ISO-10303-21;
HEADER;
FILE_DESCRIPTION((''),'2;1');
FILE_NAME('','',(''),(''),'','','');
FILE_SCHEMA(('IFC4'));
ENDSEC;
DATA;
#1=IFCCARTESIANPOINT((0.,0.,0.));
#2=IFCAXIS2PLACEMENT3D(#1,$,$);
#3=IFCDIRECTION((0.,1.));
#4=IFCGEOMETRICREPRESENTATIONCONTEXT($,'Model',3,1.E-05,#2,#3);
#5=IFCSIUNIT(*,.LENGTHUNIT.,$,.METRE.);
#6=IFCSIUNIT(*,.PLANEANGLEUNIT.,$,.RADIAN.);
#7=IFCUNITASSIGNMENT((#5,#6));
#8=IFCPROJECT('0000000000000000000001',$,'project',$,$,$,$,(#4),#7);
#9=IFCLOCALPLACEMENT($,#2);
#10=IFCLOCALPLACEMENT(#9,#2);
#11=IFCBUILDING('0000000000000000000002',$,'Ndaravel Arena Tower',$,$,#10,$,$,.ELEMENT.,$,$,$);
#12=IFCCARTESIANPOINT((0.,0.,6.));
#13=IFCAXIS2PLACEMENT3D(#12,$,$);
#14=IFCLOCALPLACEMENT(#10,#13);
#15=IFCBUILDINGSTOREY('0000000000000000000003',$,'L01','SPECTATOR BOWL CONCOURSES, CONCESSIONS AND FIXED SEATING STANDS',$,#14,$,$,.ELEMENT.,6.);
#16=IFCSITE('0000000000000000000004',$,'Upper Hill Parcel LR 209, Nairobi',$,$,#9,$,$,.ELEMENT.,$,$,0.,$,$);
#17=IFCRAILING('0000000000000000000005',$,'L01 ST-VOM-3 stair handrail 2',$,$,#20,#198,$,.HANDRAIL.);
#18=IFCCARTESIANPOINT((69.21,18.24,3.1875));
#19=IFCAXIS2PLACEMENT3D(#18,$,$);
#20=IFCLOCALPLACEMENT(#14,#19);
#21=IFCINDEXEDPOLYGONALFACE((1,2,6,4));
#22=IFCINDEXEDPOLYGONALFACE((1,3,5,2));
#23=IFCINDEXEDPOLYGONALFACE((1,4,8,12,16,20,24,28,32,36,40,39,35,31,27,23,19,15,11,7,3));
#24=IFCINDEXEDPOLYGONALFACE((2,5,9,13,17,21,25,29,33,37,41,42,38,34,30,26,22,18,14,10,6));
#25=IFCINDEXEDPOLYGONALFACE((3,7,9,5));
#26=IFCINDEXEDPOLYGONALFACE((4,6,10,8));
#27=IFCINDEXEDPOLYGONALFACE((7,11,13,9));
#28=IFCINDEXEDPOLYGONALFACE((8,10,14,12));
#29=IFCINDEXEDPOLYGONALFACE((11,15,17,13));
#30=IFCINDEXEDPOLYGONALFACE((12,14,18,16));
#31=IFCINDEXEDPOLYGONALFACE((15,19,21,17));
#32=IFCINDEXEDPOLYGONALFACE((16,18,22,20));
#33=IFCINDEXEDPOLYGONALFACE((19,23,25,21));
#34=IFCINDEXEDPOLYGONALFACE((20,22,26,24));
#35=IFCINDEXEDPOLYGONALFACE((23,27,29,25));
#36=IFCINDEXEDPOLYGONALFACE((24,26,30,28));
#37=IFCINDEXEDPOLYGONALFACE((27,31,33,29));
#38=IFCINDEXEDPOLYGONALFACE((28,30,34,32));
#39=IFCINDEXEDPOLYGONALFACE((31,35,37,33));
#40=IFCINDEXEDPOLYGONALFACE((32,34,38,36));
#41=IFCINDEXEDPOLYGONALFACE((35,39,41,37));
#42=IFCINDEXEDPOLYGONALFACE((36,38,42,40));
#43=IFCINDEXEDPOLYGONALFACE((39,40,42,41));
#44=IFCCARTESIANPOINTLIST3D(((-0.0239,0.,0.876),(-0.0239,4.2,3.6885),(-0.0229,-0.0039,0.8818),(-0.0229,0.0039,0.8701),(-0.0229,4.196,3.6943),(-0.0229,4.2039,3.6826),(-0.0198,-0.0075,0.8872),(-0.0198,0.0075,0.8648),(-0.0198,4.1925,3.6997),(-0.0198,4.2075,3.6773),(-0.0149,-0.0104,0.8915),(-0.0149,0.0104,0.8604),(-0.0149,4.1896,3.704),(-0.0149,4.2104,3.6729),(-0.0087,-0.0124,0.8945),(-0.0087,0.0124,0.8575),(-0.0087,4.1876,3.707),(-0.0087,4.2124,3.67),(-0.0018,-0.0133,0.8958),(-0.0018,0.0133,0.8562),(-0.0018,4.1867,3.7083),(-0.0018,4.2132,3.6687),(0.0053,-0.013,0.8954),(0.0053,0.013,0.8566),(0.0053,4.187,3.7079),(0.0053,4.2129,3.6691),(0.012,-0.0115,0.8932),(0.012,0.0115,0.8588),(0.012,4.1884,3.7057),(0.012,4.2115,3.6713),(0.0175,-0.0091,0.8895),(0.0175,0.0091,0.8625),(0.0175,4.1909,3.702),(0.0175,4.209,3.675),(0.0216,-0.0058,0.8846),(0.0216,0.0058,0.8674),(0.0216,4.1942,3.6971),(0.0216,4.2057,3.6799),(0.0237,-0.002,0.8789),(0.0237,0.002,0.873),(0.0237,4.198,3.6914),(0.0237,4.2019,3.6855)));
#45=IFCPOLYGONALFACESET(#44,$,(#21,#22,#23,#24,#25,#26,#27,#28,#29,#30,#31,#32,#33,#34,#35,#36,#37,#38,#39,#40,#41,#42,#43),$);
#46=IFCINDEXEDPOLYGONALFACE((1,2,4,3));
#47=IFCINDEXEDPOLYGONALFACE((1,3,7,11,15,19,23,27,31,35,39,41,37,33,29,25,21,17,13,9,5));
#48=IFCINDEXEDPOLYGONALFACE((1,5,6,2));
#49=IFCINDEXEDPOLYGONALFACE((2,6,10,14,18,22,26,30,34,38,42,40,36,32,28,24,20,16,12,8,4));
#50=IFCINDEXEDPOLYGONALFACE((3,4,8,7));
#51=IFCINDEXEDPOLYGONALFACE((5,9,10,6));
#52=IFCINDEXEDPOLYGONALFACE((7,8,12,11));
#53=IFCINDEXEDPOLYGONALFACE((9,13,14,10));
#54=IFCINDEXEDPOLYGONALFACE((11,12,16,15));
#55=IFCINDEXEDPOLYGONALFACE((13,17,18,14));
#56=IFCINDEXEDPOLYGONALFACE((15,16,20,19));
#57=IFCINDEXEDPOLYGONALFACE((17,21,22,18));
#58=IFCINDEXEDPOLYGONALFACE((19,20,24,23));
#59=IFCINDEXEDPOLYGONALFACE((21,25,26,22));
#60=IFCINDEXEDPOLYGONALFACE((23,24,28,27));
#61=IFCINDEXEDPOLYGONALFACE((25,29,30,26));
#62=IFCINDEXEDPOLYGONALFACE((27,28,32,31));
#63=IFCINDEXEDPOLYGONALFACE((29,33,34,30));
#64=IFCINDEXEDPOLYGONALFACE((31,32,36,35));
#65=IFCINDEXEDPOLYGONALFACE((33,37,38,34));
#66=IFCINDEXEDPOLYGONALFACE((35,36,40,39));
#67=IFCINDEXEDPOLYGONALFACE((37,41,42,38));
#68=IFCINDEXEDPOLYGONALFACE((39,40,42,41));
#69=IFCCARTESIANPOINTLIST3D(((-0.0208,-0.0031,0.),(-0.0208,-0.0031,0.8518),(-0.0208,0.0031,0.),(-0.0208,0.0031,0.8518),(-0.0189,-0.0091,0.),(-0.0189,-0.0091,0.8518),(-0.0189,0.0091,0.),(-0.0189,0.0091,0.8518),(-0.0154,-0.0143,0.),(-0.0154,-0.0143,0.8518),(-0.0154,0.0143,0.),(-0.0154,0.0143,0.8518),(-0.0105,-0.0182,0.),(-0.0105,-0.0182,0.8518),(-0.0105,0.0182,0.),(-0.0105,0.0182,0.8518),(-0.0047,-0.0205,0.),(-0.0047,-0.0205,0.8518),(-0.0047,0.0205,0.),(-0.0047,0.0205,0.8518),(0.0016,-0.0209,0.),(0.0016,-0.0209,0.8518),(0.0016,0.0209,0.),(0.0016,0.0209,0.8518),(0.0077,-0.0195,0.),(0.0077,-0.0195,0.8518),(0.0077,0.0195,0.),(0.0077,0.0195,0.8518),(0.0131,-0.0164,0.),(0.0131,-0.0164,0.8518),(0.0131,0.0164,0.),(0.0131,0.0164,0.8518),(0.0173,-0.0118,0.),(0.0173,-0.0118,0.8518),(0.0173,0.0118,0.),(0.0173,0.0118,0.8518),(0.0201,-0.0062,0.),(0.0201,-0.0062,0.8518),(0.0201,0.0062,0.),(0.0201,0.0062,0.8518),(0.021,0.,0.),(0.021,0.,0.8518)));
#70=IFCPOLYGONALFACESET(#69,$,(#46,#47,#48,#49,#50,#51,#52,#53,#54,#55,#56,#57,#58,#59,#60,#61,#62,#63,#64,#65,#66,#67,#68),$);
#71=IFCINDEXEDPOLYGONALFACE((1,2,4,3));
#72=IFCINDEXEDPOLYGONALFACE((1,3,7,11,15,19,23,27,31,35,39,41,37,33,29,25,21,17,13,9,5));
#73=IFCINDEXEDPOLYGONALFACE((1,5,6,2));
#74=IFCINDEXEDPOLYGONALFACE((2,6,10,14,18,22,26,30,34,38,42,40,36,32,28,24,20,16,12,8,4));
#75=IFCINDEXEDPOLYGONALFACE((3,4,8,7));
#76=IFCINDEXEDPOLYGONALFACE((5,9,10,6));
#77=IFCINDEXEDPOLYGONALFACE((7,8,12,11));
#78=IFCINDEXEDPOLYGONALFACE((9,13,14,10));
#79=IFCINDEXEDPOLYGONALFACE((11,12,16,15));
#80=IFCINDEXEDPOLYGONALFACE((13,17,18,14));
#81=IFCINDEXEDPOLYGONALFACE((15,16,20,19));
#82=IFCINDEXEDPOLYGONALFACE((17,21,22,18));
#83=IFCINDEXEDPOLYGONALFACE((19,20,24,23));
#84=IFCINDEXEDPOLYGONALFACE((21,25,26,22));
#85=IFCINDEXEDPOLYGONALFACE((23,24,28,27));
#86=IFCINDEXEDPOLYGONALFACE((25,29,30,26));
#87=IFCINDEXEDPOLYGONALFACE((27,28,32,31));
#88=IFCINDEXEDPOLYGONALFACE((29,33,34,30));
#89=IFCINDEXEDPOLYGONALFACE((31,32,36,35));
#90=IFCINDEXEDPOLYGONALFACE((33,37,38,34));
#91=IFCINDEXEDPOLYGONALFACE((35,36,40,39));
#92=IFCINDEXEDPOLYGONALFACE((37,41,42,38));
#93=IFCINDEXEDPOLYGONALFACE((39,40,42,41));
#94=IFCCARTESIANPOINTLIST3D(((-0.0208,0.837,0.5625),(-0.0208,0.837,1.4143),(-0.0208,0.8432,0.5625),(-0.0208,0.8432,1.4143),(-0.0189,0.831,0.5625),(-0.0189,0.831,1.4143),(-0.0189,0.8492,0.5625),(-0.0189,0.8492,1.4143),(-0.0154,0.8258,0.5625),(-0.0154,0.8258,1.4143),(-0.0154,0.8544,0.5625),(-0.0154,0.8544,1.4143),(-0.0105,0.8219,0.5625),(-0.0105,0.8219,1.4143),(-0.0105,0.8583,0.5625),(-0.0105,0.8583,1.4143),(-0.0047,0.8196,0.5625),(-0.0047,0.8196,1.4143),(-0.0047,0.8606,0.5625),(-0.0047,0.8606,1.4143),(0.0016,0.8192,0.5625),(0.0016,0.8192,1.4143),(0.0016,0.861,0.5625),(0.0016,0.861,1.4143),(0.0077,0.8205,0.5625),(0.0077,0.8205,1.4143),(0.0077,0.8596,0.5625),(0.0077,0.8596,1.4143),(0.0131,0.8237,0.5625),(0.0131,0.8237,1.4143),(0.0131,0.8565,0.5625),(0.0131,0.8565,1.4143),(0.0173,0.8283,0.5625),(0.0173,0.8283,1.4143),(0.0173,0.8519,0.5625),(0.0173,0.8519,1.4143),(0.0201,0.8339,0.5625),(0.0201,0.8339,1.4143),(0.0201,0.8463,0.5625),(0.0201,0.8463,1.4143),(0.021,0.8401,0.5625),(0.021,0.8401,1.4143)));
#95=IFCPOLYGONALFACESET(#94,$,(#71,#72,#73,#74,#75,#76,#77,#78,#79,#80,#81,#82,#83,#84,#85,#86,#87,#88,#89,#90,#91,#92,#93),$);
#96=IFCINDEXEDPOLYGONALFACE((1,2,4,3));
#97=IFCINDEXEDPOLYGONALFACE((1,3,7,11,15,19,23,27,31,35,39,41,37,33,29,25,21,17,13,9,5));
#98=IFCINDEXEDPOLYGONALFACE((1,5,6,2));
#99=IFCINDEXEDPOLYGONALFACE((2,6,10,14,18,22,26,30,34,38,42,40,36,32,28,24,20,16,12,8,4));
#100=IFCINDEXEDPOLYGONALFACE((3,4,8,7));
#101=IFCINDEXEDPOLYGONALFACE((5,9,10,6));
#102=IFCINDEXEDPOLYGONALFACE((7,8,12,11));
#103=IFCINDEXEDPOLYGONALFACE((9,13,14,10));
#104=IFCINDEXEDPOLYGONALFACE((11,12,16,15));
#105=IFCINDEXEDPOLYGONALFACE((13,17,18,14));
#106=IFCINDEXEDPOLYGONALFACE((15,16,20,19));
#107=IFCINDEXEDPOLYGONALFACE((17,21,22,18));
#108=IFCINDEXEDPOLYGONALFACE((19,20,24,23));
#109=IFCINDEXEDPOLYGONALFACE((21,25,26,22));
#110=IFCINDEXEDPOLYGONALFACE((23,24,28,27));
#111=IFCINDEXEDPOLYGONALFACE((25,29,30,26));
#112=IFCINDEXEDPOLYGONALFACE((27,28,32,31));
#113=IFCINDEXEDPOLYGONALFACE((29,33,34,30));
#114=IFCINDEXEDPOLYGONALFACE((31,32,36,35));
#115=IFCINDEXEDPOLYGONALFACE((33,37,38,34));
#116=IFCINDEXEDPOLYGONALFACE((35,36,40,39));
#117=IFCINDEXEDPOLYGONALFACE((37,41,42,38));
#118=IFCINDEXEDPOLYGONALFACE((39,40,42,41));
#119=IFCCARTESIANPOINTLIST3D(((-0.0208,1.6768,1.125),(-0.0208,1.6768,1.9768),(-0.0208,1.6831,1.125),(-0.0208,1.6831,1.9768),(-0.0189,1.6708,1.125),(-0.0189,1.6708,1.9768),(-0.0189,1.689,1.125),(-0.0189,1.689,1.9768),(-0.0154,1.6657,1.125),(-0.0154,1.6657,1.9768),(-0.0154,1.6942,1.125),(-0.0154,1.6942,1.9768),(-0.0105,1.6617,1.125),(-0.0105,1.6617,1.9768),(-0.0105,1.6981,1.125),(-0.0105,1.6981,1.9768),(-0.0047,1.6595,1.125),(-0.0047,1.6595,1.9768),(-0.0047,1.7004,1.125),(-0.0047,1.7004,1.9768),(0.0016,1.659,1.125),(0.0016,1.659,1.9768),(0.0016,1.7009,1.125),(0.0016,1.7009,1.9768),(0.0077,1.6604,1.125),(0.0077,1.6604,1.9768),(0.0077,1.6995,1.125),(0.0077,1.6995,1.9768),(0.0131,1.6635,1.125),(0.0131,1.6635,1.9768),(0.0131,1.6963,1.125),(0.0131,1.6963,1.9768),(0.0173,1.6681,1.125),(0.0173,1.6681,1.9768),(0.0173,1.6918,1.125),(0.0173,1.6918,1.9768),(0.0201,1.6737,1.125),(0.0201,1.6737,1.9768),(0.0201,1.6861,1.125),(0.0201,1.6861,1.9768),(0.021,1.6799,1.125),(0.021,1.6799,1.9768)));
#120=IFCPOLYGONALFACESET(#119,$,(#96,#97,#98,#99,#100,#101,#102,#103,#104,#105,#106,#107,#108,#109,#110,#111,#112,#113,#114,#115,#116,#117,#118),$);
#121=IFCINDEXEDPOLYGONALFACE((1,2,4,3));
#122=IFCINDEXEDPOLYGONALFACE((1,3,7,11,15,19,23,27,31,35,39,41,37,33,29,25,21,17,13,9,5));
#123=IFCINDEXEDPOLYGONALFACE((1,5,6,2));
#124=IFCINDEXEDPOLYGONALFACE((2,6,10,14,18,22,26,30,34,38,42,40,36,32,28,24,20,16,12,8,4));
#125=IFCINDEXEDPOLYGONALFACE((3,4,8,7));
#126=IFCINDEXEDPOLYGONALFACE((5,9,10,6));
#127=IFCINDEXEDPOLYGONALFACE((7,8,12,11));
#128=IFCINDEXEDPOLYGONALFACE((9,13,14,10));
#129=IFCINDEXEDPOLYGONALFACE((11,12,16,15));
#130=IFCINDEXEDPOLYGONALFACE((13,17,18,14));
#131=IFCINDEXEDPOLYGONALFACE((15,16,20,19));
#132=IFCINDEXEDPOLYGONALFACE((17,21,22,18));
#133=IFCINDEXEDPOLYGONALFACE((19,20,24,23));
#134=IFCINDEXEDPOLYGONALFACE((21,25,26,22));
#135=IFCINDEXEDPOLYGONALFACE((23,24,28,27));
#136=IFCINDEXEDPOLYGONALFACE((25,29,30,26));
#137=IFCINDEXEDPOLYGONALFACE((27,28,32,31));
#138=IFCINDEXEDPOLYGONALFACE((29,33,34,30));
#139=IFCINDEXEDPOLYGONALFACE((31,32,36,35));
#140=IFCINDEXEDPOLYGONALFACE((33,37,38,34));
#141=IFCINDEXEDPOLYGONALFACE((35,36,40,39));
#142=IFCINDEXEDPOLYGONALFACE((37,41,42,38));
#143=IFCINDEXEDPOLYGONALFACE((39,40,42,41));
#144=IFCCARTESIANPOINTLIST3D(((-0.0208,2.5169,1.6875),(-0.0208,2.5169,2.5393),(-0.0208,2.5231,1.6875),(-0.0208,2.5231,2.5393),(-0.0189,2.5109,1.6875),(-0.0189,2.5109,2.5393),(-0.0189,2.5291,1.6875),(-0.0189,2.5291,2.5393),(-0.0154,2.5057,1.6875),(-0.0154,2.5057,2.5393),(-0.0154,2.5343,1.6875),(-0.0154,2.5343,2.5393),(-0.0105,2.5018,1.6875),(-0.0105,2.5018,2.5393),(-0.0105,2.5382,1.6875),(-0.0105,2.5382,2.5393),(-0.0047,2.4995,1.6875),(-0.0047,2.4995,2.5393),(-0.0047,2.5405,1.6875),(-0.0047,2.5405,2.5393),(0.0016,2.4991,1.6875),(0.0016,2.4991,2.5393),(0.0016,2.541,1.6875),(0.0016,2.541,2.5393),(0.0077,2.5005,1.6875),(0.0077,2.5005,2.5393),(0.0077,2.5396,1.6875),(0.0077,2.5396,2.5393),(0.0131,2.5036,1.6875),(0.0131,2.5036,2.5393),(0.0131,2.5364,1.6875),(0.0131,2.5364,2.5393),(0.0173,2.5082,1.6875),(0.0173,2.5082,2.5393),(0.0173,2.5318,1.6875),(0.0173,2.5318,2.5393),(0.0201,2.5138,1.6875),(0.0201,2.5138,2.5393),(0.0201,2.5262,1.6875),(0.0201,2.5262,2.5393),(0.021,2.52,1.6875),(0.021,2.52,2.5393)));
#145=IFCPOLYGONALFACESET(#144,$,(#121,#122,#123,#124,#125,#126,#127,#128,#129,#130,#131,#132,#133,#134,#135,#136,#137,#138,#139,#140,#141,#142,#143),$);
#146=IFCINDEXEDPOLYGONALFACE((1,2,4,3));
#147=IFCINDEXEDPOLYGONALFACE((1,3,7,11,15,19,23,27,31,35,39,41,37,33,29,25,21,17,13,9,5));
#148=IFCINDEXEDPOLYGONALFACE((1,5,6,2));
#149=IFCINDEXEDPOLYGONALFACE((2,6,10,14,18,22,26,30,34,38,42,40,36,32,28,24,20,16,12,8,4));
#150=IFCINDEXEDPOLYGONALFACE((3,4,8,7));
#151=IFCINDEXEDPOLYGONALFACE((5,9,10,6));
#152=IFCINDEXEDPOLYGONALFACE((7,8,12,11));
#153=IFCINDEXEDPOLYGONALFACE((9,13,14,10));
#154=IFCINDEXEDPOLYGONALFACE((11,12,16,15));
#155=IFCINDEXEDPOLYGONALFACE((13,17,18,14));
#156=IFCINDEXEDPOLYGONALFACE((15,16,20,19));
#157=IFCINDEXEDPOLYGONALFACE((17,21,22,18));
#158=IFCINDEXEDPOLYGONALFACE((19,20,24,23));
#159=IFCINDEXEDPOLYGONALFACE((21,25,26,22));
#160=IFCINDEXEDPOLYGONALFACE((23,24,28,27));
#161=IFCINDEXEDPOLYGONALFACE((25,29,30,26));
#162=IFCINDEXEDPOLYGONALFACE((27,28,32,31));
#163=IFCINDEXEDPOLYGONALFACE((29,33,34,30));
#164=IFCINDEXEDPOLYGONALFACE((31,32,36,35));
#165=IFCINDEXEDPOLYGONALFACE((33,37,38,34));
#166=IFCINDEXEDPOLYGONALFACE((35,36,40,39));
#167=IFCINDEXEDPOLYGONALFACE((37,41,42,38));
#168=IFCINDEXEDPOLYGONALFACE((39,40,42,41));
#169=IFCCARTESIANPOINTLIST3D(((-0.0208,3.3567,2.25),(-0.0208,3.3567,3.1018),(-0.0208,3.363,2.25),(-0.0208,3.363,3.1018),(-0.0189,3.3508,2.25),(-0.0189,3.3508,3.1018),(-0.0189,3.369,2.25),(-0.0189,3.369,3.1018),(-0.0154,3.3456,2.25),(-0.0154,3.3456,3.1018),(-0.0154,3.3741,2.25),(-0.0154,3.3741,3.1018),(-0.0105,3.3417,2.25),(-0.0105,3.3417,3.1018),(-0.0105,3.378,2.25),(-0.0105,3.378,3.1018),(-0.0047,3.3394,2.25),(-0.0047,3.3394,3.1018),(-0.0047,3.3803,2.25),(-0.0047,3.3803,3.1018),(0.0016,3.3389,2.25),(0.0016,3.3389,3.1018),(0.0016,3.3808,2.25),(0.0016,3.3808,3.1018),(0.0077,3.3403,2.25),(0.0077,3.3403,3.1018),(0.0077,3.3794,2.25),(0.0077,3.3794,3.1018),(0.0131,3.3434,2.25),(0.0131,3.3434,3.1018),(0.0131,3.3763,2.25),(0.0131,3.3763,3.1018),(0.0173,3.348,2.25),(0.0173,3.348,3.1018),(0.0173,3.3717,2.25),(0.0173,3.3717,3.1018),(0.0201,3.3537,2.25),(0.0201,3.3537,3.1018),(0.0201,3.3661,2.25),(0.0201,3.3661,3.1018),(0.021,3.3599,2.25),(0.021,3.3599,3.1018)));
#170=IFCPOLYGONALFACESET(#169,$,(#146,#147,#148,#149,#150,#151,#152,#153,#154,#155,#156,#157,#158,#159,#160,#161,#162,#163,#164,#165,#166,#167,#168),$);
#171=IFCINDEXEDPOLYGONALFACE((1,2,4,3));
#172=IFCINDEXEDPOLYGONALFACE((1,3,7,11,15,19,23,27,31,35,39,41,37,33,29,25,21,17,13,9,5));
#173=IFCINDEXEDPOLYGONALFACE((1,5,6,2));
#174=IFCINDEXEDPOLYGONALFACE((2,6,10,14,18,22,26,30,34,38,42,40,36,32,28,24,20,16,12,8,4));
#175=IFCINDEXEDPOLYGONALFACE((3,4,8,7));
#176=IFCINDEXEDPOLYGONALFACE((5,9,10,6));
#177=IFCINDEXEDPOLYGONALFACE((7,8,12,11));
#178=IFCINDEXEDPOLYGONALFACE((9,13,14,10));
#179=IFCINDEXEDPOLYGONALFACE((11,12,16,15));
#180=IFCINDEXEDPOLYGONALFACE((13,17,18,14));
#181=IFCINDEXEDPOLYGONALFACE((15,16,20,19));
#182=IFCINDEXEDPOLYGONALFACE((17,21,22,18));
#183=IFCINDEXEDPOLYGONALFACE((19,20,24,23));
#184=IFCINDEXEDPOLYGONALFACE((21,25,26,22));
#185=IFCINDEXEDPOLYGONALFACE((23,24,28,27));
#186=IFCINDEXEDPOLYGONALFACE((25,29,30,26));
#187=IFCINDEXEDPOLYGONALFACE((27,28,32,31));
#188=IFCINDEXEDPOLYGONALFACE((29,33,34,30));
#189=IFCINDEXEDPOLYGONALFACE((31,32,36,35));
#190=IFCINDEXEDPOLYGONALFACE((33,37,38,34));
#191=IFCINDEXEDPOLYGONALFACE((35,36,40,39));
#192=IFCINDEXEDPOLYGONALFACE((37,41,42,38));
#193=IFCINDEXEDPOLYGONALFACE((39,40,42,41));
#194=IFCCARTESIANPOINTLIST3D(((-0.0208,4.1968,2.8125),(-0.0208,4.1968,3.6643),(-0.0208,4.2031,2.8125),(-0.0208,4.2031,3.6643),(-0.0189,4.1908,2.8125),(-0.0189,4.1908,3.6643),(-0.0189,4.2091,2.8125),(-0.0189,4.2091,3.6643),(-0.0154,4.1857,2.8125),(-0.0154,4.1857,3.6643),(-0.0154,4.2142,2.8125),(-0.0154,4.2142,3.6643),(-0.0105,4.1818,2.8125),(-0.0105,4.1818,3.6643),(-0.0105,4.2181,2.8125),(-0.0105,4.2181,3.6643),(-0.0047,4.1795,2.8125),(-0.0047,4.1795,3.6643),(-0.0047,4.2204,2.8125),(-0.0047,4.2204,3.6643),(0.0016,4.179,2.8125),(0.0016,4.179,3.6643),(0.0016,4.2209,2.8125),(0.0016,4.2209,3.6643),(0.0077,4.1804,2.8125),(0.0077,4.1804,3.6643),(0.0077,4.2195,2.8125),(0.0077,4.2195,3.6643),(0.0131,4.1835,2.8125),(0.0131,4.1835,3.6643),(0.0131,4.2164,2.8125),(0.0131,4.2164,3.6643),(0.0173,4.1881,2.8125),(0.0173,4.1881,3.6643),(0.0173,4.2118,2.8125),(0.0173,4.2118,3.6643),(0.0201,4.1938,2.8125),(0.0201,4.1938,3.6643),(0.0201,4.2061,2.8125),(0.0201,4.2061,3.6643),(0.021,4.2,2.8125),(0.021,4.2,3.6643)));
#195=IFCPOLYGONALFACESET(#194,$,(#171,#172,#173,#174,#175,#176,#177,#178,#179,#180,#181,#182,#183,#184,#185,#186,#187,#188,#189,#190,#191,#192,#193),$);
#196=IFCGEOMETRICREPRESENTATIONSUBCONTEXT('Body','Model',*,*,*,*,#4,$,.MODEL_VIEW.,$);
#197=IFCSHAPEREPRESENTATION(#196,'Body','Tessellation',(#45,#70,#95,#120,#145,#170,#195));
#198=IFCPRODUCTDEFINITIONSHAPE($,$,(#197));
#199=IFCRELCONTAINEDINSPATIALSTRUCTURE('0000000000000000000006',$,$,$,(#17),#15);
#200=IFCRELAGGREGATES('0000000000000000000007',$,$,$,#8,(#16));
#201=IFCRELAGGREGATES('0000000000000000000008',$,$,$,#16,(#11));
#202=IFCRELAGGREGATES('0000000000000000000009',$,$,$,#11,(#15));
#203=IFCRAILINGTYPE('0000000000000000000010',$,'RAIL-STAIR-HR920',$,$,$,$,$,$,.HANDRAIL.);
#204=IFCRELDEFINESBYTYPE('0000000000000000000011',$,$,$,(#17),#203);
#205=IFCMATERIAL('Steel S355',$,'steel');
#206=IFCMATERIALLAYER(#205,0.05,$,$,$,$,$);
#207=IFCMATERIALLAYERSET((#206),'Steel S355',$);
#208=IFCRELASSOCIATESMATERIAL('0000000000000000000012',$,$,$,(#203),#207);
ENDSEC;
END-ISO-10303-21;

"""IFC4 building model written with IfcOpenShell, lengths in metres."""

from ifc_helpers import new_model, si_unit, direction, frame, origin, origin_2d, place, context, subcontext, project, spatial, circle, extrude, material, layer, layer_set, type_object, element, save


model = new_model("IFC4")

# Units and contexts
model_context = context("Model", 3, precision=1e-05, world=origin(), true_north=direction((0.0, 1.0)))
body_context = subcontext(model_context, "Body", "Model", "MODEL_VIEW")
ifc_project = project(units=[si_unit("LENGTHUNIT", "METRE"), si_unit("PLANEANGLEUNIT", "RADIAN")], contexts=[model_context])

# Site, building, storey
site_placement = place(None, origin())
site = spatial("IfcSite", under=ifc_project, at=site_placement, Name="Upper Hill Parcel LR 209, Nairobi", CompositionType="ELEMENT", RefElevation=0.0)
building_placement = place(site_placement, origin())
building = spatial("IfcBuilding", under=site, at=building_placement, Name="Ndaravel Arena Tower", CompositionType="ELEMENT")
storey_placement = place(building_placement, frame((0.0, 0.0, 6.0)))
storey = spatial("IfcBuildingStorey", under=building, at=storey_placement, Name="L01", Description="SPECTATOR BOWL CONCOURSES, CONCESSIONS AND FIXED SEATING STANDS", CompositionType="ELEMENT", Elevation=6.0)

# Railing
ifc_material_1 = material(Name="Steel S355", Category="steel")
ifc_layer_1 = layer(ifc_material_1, 0.05)
ifc_layer_set_1 = layer_set([ifc_layer_1], Name="Steel S355")
railing_type_1 = type_object("IfcRailingType", Name="RAIL-STAIR-HR920", PredefinedType="HANDRAIL", material=ifc_layer_set_1)
railing_1_placement = place(storey_placement, frame((69.21, 18.24, 3.1875)))
element("IfcRailing", 1, at=railing_1_placement, inside=storey, type_object=railing_type_1, Name="L01 ST-VOM-3 stair handrail 2", PredefinedType="HANDRAIL", context=body_context, shape_type="SweptSolid", body=[
    extrude(circle(Radius=0.0239, at=origin_2d()), frame((0.0, 0.0, 0.876), z_axis=(0.0, 0.830904, 0.556416), x_axis=(-1.0, 0.0, 0.0)), (0.0, 0.0, 1.0), 5.0547),
    extrude(circle(Radius=0.021, at=origin_2d()), origin(), (0.0, 0.0, 1.0), 0.8518),
    extrude(circle(Radius=0.021, at=origin_2d()), frame((0.0, 0.8401, 0.5625)), (0.0, 0.0, 1.0), 0.8518),
    extrude(circle(Radius=0.021, at=origin_2d()), frame((0.0, 1.6799, 1.125)), (0.0, 0.0, 1.0), 0.8518),
    extrude(circle(Radius=0.021, at=origin_2d()), frame((0.0, 2.52, 1.6875)), (0.0, 0.0, 1.0), 0.8518),
    extrude(circle(Radius=0.021, at=origin_2d()), frame((0.0, 3.3599, 2.25)), (0.0, 0.0, 1.0), 0.8518),
    extrude(circle(Radius=0.021, at=origin_2d()), frame((0.0, 4.2, 2.8125)), (0.0, 0.0, 1.0), 0.8518),
])

save(model, "model.ifc")
